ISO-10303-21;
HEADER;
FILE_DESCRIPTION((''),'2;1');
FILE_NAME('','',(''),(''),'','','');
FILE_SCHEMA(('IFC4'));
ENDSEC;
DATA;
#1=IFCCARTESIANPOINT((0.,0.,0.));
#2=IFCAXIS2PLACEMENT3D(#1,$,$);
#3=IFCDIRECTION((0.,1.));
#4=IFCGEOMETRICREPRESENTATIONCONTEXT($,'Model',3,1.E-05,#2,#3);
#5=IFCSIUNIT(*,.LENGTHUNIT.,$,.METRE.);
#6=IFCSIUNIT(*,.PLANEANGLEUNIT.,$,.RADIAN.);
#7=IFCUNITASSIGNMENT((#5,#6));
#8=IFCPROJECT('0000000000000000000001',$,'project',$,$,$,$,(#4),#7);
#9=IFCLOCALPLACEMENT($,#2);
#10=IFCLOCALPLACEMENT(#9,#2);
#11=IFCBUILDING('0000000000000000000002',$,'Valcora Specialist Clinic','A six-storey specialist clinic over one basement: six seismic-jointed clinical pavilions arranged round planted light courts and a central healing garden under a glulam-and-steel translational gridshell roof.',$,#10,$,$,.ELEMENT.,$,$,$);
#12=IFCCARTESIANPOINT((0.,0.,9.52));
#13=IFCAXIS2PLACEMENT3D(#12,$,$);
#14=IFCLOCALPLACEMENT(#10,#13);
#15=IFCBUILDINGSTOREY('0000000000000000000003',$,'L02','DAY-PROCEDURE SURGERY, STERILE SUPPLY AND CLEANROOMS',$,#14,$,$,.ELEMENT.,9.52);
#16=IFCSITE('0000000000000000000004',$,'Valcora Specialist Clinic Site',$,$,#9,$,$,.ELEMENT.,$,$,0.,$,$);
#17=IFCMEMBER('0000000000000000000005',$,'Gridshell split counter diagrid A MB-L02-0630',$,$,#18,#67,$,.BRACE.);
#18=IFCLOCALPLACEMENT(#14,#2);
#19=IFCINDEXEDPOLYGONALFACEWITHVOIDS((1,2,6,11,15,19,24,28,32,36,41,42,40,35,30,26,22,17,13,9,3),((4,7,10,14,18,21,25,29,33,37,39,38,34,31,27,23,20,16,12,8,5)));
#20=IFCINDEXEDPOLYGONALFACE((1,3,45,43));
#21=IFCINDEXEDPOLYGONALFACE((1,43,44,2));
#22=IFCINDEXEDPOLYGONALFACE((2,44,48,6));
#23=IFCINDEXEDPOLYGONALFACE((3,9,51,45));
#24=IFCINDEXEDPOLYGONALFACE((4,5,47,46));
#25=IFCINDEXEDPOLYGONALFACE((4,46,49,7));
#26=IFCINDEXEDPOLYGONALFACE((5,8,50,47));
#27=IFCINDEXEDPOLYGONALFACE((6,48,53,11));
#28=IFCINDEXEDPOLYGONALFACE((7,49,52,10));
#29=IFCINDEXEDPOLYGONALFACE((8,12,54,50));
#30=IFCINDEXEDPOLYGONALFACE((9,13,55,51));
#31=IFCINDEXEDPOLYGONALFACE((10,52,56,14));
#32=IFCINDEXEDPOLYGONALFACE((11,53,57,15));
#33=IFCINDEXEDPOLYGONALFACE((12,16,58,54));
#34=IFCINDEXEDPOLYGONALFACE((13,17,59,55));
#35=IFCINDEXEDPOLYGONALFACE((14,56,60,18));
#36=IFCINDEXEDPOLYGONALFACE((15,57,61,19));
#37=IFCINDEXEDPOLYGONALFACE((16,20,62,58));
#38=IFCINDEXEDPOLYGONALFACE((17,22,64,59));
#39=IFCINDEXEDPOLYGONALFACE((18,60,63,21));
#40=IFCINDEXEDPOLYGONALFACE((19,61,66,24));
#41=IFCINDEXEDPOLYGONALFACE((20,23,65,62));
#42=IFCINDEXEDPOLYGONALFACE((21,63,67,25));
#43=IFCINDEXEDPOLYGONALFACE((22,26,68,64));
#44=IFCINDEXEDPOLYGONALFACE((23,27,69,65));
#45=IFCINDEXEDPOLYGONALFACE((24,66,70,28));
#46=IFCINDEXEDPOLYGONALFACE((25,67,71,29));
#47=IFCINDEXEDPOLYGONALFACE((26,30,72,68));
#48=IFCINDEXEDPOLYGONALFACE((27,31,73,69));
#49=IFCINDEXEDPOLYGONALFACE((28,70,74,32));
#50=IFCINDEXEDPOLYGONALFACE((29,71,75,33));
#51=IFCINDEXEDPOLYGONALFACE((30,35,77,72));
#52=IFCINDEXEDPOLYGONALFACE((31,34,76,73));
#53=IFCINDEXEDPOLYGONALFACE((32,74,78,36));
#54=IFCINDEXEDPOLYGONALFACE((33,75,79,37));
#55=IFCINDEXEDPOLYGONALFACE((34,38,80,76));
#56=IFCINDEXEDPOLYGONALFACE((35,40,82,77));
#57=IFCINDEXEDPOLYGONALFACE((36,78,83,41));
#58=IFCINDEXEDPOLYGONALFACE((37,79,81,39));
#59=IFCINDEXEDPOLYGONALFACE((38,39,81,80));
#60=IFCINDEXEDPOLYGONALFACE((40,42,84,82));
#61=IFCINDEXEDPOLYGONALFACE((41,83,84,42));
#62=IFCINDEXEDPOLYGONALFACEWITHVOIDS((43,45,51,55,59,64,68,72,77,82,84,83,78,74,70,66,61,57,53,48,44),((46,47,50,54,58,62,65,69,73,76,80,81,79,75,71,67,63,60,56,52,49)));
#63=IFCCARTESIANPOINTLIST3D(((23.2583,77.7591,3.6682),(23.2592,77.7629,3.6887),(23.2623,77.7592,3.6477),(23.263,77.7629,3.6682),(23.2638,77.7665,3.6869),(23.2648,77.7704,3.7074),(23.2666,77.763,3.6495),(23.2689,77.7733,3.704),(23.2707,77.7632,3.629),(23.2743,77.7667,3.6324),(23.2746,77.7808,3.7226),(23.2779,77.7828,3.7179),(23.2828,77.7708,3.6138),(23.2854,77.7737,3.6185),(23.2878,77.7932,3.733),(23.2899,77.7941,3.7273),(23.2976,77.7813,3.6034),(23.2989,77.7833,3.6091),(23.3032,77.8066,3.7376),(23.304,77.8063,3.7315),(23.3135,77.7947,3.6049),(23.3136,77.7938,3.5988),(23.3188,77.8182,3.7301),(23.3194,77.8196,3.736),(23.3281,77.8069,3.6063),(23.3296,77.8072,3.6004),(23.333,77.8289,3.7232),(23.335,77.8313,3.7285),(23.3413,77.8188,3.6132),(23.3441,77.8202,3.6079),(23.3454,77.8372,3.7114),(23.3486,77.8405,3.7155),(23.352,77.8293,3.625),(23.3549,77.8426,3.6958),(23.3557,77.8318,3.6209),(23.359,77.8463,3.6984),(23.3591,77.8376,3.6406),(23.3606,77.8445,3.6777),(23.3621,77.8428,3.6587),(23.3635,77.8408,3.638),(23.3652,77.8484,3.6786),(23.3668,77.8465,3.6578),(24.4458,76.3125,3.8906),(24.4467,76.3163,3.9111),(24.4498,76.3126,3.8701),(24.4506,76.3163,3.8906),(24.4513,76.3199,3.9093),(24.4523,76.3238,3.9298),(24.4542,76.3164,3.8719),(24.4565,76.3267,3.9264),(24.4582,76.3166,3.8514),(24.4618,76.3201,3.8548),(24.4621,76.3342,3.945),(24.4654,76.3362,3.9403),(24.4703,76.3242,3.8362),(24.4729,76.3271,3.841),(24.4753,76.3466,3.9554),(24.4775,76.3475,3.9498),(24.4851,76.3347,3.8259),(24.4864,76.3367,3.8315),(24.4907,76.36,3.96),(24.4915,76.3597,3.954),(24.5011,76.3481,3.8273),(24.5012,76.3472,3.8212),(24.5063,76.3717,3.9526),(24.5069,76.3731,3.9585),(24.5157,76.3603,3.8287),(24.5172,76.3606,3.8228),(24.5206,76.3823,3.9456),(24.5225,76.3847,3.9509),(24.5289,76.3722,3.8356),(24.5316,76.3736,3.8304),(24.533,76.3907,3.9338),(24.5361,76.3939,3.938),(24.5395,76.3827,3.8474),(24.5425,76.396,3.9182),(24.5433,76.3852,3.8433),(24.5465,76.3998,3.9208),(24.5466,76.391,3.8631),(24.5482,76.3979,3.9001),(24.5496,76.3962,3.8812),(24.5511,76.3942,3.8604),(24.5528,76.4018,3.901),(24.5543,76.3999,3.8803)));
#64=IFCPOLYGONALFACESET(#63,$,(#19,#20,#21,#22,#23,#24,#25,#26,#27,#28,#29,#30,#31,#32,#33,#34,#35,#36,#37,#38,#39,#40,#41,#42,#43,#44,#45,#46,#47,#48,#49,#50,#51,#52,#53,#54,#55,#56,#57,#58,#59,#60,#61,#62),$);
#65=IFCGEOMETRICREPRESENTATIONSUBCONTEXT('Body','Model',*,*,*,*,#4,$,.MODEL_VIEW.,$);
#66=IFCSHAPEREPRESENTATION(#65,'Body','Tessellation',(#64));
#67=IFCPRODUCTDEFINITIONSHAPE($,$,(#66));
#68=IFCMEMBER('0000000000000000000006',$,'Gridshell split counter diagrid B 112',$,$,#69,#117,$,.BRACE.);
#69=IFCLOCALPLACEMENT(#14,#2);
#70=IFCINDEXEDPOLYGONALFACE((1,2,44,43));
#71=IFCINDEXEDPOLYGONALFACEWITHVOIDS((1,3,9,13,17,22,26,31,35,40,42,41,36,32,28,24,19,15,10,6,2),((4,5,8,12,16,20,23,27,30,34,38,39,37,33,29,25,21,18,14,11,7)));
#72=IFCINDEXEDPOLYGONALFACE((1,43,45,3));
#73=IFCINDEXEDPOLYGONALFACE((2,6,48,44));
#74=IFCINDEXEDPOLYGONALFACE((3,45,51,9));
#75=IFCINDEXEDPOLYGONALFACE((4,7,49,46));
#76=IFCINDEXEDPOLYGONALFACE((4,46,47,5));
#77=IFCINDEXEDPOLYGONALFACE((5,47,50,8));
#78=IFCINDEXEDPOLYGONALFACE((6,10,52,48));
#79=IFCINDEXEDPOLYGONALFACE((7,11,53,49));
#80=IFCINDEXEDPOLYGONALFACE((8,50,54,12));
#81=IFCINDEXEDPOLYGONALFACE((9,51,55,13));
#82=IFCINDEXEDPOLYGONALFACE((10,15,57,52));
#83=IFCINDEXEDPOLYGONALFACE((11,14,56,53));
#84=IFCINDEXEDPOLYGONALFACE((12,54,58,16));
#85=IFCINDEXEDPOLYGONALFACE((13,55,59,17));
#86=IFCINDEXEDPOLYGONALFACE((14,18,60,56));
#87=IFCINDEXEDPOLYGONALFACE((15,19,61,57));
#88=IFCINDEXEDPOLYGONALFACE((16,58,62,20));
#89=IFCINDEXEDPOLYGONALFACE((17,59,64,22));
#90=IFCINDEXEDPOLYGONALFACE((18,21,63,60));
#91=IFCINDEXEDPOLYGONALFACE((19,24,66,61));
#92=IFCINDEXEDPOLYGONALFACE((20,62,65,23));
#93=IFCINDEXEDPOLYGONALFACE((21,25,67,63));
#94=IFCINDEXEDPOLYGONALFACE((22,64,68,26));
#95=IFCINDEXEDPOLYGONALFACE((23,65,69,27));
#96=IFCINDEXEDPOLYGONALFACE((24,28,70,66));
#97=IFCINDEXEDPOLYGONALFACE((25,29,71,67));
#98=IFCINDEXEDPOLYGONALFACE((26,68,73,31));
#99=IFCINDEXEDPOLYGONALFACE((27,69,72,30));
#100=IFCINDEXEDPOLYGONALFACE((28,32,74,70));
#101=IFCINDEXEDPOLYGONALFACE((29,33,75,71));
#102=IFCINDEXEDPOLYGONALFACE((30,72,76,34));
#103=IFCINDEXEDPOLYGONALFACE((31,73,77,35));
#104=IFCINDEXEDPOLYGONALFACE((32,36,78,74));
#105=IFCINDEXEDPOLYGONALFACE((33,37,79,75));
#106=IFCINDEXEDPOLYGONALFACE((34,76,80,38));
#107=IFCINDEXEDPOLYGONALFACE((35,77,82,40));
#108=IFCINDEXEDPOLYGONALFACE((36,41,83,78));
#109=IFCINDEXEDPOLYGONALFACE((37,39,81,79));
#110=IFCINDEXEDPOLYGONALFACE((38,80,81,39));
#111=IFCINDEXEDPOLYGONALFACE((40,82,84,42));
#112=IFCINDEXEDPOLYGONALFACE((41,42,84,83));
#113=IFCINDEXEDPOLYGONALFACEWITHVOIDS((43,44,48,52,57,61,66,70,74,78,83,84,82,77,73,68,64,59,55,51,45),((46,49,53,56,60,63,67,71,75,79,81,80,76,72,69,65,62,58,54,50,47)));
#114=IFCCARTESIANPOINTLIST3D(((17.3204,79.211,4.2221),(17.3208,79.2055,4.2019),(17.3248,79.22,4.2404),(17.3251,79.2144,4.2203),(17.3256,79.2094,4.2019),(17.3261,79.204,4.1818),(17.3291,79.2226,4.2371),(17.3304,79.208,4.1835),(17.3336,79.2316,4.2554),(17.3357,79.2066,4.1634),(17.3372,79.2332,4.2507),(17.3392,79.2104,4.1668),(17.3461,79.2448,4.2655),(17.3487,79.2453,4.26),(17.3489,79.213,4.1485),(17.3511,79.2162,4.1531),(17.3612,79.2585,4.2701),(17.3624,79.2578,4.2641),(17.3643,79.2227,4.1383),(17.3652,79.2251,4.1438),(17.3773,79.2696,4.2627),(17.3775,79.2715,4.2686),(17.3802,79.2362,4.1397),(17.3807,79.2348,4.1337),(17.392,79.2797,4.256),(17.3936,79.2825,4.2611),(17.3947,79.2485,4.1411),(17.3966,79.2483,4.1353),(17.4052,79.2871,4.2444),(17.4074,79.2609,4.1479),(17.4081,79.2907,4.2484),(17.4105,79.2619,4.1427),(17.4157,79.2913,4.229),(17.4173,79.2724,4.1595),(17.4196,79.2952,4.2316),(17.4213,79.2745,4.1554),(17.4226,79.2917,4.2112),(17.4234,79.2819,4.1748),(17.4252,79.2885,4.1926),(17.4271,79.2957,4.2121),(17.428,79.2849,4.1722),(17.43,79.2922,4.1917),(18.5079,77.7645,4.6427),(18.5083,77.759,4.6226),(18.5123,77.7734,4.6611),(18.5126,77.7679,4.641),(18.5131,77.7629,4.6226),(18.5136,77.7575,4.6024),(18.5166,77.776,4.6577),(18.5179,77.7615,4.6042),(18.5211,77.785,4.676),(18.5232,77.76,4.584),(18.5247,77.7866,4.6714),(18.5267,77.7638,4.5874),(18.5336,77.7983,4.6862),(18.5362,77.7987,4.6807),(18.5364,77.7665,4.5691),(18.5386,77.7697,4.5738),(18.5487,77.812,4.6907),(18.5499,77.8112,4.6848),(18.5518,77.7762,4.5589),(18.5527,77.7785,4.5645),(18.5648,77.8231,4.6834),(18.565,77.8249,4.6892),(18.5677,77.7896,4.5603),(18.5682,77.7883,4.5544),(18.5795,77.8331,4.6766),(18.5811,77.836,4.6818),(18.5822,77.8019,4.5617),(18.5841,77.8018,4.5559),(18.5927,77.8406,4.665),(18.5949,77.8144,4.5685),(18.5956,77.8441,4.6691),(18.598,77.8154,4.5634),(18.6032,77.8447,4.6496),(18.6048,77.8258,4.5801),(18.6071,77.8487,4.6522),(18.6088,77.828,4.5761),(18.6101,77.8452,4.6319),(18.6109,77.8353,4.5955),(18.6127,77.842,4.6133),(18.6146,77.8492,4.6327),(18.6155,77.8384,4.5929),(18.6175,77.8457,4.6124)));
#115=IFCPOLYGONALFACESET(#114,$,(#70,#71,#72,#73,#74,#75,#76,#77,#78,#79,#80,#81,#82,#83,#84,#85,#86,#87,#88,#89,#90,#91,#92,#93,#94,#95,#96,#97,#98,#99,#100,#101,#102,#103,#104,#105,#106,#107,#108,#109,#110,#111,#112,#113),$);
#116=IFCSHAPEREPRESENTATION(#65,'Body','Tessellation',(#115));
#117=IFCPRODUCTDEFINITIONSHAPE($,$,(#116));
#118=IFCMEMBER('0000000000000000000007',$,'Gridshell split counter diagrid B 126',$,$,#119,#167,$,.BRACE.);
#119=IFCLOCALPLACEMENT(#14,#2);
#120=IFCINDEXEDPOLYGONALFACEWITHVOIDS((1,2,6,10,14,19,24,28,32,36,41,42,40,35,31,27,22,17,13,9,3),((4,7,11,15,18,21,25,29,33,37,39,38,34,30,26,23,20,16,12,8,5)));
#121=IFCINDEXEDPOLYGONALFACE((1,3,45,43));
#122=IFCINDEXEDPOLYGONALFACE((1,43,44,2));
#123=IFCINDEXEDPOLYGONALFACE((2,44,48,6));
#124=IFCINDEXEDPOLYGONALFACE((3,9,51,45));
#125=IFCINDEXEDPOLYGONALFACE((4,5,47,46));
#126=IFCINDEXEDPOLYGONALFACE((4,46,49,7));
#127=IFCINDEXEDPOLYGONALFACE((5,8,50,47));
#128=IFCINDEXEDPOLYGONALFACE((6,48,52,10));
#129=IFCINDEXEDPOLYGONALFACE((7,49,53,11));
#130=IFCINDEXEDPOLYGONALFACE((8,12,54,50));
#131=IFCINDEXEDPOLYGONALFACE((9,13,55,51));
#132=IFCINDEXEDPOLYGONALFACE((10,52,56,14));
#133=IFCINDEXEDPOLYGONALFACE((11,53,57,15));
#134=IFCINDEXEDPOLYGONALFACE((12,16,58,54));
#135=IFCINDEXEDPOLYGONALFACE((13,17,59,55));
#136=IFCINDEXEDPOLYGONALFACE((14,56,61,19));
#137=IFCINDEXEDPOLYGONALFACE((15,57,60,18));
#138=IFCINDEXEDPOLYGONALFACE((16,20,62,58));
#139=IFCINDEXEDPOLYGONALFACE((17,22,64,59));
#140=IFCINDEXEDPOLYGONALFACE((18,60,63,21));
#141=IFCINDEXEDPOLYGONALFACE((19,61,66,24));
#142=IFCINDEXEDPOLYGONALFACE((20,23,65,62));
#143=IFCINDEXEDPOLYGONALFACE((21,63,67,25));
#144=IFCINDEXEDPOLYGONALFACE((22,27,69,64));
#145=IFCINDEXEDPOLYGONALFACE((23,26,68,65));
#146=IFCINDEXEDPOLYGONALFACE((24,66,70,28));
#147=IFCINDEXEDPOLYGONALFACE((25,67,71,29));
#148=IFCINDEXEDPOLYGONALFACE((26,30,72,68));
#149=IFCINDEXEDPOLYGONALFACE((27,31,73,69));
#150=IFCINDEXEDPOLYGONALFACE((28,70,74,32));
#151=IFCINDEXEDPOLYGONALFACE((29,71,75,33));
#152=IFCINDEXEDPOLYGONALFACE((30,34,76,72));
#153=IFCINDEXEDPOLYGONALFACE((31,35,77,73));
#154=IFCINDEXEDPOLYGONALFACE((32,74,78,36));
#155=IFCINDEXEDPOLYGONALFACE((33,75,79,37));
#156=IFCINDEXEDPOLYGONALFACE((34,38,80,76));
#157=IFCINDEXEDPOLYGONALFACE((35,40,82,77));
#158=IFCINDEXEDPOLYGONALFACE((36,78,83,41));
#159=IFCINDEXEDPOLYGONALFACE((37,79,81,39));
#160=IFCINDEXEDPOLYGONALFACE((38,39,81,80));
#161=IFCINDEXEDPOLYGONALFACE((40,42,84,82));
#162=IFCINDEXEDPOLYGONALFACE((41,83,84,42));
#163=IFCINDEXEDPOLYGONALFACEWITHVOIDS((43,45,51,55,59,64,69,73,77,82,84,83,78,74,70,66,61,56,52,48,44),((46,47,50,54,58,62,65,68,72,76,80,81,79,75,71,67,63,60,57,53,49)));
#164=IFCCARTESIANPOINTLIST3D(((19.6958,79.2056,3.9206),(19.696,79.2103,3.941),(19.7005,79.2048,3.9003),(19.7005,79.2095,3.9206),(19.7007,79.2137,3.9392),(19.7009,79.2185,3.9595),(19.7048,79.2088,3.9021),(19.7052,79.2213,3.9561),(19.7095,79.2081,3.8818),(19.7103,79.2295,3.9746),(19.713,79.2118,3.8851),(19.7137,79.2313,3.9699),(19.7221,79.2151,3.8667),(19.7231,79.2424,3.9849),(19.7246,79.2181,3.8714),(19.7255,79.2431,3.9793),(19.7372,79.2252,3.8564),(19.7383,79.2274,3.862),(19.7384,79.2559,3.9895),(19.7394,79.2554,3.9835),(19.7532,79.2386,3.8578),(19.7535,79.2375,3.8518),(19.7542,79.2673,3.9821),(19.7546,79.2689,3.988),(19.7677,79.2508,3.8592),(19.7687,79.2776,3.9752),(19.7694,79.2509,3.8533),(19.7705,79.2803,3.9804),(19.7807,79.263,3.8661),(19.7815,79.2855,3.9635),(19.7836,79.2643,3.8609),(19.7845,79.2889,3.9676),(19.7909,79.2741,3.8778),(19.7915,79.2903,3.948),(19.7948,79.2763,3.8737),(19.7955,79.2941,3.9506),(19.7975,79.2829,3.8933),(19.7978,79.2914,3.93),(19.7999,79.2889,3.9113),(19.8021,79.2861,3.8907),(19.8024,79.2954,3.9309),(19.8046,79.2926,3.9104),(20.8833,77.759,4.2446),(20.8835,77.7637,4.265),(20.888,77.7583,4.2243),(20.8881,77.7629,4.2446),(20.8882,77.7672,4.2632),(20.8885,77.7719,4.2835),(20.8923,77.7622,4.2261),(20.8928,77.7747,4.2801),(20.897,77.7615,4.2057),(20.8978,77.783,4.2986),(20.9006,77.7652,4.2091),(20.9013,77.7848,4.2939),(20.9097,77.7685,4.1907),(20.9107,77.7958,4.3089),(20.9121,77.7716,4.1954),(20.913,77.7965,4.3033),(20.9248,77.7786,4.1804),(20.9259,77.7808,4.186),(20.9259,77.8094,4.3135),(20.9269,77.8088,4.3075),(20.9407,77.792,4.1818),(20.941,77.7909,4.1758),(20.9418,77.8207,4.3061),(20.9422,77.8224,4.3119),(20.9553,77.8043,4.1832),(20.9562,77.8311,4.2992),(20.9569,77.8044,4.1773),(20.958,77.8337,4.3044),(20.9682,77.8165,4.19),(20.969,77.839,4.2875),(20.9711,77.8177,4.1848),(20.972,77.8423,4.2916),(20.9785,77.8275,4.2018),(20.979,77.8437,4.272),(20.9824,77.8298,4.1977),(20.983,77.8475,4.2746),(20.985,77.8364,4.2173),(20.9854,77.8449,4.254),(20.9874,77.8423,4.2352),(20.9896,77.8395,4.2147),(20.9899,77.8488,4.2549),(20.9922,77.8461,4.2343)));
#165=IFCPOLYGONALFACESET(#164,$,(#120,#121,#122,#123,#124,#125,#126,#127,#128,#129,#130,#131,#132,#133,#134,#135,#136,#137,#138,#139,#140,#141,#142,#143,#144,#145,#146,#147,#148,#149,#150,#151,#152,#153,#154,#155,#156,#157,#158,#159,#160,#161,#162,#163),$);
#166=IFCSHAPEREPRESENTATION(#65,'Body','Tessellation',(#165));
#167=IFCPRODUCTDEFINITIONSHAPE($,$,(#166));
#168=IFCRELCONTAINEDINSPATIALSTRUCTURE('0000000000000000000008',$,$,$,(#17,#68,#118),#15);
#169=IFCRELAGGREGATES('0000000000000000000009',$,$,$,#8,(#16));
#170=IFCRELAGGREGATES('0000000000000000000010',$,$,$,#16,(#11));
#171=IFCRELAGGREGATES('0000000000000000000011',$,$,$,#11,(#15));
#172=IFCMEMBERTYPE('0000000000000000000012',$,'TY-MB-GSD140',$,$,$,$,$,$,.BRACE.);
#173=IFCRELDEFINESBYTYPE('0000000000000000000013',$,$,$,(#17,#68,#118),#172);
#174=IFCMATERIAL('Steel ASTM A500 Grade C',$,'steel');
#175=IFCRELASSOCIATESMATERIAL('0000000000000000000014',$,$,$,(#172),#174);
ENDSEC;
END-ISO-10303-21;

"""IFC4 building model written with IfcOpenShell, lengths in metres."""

from ifc_helpers import new_model, si_unit, direction, frame, origin, origin_2d, place, context, subcontext, project, spatial, hollow_circle, extrude, material, material_profile, profile_set, type_object, element, save


model = new_model("IFC4")

# Units and contexts
model_context = context("Model", 3, precision=1e-05, world=origin(), true_north=direction((0.0, 1.0)))
body_context = subcontext(model_context, "Body", "Model", "MODEL_VIEW")
ifc_project = project(units=[si_unit("LENGTHUNIT", "METRE"), si_unit("PLANEANGLEUNIT", "RADIAN")], contexts=[model_context])

# Site, building, storey
site_placement = place(None, origin())
site = spatial("IfcSite", under=ifc_project, at=site_placement, Name="Valcora Specialist Clinic Site", CompositionType="ELEMENT", RefElevation=0.0)
building_placement = place(site_placement, origin())
building = spatial("IfcBuilding", under=site, at=building_placement, Name="Valcora Specialist Clinic", Description="A six-storey specialist clinic over one basement: six seismic-jointed clinical pavilions arranged round planted light courts and a central healing garden under a glulam-and-steel translational gridshell roof.", CompositionType="ELEMENT")
storey_placement = place(building_placement, frame((0.0, 0.0, 9.52)))
storey = spatial("IfcBuildingStorey", under=building, at=storey_placement, Name="L02", Description="DAY-PROCEDURE SURGERY, STERILE SUPPLY AND CLEANROOMS", CompositionType="ELEMENT", Elevation=9.52)

# Members
ifc_material_1 = material(Name="Steel ASTM A500 Grade C", Category="steel")
ifc_material_profile_1 = material_profile(ifc_material_1, hollow_circle(Radius=0.0701, WallThickness=0.0061, at=origin_2d()), Name="ST-CHS-140X6")
ifc_profile_set_1 = profile_set([ifc_material_profile_1], Name="Steel ASTM A500 Grade C")
member_type_1 = type_object("IfcMemberType", Name="TY-MB-GSD140", PredefinedType="BRACE", material=ifc_profile_set_1)
member_1_placement = place(storey_placement, frame((24.5, 76.3569, 3.8906), z_axis=(-0.630075, 0.767515, -0.118009), x_axis=(-0.772916, -0.634508, 0.0)))
element("IfcMember", 1, at=member_1_placement, inside=storey, type_object=member_type_1, Name="Gridshell split counter diagrid A MB-L02-0630", PredefinedType="BRACE", context=body_context, shape_type="SweptSolid", body=[
    extrude(hollow_circle(Radius=0.0701, WallThickness=0.0061, at=origin_2d()), origin(), (0.0, 0.0, 1.0), 1.8848),
])
member_2_placement = place(storey_placement, frame((18.5625, 77.8035, 4.6226), z_axis=(-0.619064, 0.754102, -0.219294), x_axis=(-0.772916, -0.634508, 0.0)))
element("IfcMember", 2, at=member_2_placement, inside=storey, type_object=member_type_1, Name="Gridshell split counter diagrid B 112", PredefinedType="BRACE", context=body_context, shape_type="SweptSolid", body=[
    extrude(hollow_circle(Radius=0.0701, WallThickness=0.0061, at=origin_2d()), origin(), (0.0, 0.0, 1.0), 1.9182),
])
member_3_placement = place(storey_placement, frame((20.9375, 77.8035, 4.2446), z_axis=(-0.62521, 0.761589, -0.17057), x_axis=(-0.772916, -0.634508, 0.0)))
element("IfcMember", 3, at=member_3_placement, inside=storey, type_object=member_type_1, Name="Gridshell split counter diagrid B 126", PredefinedType="BRACE", context=body_context, shape_type="SweptSolid", body=[
    extrude(hollow_circle(Radius=0.0701, WallThickness=0.0061, at=origin_2d()), origin(), (0.0, 0.0, 1.0), 1.8994),
])

save(model, "model.ifc")
